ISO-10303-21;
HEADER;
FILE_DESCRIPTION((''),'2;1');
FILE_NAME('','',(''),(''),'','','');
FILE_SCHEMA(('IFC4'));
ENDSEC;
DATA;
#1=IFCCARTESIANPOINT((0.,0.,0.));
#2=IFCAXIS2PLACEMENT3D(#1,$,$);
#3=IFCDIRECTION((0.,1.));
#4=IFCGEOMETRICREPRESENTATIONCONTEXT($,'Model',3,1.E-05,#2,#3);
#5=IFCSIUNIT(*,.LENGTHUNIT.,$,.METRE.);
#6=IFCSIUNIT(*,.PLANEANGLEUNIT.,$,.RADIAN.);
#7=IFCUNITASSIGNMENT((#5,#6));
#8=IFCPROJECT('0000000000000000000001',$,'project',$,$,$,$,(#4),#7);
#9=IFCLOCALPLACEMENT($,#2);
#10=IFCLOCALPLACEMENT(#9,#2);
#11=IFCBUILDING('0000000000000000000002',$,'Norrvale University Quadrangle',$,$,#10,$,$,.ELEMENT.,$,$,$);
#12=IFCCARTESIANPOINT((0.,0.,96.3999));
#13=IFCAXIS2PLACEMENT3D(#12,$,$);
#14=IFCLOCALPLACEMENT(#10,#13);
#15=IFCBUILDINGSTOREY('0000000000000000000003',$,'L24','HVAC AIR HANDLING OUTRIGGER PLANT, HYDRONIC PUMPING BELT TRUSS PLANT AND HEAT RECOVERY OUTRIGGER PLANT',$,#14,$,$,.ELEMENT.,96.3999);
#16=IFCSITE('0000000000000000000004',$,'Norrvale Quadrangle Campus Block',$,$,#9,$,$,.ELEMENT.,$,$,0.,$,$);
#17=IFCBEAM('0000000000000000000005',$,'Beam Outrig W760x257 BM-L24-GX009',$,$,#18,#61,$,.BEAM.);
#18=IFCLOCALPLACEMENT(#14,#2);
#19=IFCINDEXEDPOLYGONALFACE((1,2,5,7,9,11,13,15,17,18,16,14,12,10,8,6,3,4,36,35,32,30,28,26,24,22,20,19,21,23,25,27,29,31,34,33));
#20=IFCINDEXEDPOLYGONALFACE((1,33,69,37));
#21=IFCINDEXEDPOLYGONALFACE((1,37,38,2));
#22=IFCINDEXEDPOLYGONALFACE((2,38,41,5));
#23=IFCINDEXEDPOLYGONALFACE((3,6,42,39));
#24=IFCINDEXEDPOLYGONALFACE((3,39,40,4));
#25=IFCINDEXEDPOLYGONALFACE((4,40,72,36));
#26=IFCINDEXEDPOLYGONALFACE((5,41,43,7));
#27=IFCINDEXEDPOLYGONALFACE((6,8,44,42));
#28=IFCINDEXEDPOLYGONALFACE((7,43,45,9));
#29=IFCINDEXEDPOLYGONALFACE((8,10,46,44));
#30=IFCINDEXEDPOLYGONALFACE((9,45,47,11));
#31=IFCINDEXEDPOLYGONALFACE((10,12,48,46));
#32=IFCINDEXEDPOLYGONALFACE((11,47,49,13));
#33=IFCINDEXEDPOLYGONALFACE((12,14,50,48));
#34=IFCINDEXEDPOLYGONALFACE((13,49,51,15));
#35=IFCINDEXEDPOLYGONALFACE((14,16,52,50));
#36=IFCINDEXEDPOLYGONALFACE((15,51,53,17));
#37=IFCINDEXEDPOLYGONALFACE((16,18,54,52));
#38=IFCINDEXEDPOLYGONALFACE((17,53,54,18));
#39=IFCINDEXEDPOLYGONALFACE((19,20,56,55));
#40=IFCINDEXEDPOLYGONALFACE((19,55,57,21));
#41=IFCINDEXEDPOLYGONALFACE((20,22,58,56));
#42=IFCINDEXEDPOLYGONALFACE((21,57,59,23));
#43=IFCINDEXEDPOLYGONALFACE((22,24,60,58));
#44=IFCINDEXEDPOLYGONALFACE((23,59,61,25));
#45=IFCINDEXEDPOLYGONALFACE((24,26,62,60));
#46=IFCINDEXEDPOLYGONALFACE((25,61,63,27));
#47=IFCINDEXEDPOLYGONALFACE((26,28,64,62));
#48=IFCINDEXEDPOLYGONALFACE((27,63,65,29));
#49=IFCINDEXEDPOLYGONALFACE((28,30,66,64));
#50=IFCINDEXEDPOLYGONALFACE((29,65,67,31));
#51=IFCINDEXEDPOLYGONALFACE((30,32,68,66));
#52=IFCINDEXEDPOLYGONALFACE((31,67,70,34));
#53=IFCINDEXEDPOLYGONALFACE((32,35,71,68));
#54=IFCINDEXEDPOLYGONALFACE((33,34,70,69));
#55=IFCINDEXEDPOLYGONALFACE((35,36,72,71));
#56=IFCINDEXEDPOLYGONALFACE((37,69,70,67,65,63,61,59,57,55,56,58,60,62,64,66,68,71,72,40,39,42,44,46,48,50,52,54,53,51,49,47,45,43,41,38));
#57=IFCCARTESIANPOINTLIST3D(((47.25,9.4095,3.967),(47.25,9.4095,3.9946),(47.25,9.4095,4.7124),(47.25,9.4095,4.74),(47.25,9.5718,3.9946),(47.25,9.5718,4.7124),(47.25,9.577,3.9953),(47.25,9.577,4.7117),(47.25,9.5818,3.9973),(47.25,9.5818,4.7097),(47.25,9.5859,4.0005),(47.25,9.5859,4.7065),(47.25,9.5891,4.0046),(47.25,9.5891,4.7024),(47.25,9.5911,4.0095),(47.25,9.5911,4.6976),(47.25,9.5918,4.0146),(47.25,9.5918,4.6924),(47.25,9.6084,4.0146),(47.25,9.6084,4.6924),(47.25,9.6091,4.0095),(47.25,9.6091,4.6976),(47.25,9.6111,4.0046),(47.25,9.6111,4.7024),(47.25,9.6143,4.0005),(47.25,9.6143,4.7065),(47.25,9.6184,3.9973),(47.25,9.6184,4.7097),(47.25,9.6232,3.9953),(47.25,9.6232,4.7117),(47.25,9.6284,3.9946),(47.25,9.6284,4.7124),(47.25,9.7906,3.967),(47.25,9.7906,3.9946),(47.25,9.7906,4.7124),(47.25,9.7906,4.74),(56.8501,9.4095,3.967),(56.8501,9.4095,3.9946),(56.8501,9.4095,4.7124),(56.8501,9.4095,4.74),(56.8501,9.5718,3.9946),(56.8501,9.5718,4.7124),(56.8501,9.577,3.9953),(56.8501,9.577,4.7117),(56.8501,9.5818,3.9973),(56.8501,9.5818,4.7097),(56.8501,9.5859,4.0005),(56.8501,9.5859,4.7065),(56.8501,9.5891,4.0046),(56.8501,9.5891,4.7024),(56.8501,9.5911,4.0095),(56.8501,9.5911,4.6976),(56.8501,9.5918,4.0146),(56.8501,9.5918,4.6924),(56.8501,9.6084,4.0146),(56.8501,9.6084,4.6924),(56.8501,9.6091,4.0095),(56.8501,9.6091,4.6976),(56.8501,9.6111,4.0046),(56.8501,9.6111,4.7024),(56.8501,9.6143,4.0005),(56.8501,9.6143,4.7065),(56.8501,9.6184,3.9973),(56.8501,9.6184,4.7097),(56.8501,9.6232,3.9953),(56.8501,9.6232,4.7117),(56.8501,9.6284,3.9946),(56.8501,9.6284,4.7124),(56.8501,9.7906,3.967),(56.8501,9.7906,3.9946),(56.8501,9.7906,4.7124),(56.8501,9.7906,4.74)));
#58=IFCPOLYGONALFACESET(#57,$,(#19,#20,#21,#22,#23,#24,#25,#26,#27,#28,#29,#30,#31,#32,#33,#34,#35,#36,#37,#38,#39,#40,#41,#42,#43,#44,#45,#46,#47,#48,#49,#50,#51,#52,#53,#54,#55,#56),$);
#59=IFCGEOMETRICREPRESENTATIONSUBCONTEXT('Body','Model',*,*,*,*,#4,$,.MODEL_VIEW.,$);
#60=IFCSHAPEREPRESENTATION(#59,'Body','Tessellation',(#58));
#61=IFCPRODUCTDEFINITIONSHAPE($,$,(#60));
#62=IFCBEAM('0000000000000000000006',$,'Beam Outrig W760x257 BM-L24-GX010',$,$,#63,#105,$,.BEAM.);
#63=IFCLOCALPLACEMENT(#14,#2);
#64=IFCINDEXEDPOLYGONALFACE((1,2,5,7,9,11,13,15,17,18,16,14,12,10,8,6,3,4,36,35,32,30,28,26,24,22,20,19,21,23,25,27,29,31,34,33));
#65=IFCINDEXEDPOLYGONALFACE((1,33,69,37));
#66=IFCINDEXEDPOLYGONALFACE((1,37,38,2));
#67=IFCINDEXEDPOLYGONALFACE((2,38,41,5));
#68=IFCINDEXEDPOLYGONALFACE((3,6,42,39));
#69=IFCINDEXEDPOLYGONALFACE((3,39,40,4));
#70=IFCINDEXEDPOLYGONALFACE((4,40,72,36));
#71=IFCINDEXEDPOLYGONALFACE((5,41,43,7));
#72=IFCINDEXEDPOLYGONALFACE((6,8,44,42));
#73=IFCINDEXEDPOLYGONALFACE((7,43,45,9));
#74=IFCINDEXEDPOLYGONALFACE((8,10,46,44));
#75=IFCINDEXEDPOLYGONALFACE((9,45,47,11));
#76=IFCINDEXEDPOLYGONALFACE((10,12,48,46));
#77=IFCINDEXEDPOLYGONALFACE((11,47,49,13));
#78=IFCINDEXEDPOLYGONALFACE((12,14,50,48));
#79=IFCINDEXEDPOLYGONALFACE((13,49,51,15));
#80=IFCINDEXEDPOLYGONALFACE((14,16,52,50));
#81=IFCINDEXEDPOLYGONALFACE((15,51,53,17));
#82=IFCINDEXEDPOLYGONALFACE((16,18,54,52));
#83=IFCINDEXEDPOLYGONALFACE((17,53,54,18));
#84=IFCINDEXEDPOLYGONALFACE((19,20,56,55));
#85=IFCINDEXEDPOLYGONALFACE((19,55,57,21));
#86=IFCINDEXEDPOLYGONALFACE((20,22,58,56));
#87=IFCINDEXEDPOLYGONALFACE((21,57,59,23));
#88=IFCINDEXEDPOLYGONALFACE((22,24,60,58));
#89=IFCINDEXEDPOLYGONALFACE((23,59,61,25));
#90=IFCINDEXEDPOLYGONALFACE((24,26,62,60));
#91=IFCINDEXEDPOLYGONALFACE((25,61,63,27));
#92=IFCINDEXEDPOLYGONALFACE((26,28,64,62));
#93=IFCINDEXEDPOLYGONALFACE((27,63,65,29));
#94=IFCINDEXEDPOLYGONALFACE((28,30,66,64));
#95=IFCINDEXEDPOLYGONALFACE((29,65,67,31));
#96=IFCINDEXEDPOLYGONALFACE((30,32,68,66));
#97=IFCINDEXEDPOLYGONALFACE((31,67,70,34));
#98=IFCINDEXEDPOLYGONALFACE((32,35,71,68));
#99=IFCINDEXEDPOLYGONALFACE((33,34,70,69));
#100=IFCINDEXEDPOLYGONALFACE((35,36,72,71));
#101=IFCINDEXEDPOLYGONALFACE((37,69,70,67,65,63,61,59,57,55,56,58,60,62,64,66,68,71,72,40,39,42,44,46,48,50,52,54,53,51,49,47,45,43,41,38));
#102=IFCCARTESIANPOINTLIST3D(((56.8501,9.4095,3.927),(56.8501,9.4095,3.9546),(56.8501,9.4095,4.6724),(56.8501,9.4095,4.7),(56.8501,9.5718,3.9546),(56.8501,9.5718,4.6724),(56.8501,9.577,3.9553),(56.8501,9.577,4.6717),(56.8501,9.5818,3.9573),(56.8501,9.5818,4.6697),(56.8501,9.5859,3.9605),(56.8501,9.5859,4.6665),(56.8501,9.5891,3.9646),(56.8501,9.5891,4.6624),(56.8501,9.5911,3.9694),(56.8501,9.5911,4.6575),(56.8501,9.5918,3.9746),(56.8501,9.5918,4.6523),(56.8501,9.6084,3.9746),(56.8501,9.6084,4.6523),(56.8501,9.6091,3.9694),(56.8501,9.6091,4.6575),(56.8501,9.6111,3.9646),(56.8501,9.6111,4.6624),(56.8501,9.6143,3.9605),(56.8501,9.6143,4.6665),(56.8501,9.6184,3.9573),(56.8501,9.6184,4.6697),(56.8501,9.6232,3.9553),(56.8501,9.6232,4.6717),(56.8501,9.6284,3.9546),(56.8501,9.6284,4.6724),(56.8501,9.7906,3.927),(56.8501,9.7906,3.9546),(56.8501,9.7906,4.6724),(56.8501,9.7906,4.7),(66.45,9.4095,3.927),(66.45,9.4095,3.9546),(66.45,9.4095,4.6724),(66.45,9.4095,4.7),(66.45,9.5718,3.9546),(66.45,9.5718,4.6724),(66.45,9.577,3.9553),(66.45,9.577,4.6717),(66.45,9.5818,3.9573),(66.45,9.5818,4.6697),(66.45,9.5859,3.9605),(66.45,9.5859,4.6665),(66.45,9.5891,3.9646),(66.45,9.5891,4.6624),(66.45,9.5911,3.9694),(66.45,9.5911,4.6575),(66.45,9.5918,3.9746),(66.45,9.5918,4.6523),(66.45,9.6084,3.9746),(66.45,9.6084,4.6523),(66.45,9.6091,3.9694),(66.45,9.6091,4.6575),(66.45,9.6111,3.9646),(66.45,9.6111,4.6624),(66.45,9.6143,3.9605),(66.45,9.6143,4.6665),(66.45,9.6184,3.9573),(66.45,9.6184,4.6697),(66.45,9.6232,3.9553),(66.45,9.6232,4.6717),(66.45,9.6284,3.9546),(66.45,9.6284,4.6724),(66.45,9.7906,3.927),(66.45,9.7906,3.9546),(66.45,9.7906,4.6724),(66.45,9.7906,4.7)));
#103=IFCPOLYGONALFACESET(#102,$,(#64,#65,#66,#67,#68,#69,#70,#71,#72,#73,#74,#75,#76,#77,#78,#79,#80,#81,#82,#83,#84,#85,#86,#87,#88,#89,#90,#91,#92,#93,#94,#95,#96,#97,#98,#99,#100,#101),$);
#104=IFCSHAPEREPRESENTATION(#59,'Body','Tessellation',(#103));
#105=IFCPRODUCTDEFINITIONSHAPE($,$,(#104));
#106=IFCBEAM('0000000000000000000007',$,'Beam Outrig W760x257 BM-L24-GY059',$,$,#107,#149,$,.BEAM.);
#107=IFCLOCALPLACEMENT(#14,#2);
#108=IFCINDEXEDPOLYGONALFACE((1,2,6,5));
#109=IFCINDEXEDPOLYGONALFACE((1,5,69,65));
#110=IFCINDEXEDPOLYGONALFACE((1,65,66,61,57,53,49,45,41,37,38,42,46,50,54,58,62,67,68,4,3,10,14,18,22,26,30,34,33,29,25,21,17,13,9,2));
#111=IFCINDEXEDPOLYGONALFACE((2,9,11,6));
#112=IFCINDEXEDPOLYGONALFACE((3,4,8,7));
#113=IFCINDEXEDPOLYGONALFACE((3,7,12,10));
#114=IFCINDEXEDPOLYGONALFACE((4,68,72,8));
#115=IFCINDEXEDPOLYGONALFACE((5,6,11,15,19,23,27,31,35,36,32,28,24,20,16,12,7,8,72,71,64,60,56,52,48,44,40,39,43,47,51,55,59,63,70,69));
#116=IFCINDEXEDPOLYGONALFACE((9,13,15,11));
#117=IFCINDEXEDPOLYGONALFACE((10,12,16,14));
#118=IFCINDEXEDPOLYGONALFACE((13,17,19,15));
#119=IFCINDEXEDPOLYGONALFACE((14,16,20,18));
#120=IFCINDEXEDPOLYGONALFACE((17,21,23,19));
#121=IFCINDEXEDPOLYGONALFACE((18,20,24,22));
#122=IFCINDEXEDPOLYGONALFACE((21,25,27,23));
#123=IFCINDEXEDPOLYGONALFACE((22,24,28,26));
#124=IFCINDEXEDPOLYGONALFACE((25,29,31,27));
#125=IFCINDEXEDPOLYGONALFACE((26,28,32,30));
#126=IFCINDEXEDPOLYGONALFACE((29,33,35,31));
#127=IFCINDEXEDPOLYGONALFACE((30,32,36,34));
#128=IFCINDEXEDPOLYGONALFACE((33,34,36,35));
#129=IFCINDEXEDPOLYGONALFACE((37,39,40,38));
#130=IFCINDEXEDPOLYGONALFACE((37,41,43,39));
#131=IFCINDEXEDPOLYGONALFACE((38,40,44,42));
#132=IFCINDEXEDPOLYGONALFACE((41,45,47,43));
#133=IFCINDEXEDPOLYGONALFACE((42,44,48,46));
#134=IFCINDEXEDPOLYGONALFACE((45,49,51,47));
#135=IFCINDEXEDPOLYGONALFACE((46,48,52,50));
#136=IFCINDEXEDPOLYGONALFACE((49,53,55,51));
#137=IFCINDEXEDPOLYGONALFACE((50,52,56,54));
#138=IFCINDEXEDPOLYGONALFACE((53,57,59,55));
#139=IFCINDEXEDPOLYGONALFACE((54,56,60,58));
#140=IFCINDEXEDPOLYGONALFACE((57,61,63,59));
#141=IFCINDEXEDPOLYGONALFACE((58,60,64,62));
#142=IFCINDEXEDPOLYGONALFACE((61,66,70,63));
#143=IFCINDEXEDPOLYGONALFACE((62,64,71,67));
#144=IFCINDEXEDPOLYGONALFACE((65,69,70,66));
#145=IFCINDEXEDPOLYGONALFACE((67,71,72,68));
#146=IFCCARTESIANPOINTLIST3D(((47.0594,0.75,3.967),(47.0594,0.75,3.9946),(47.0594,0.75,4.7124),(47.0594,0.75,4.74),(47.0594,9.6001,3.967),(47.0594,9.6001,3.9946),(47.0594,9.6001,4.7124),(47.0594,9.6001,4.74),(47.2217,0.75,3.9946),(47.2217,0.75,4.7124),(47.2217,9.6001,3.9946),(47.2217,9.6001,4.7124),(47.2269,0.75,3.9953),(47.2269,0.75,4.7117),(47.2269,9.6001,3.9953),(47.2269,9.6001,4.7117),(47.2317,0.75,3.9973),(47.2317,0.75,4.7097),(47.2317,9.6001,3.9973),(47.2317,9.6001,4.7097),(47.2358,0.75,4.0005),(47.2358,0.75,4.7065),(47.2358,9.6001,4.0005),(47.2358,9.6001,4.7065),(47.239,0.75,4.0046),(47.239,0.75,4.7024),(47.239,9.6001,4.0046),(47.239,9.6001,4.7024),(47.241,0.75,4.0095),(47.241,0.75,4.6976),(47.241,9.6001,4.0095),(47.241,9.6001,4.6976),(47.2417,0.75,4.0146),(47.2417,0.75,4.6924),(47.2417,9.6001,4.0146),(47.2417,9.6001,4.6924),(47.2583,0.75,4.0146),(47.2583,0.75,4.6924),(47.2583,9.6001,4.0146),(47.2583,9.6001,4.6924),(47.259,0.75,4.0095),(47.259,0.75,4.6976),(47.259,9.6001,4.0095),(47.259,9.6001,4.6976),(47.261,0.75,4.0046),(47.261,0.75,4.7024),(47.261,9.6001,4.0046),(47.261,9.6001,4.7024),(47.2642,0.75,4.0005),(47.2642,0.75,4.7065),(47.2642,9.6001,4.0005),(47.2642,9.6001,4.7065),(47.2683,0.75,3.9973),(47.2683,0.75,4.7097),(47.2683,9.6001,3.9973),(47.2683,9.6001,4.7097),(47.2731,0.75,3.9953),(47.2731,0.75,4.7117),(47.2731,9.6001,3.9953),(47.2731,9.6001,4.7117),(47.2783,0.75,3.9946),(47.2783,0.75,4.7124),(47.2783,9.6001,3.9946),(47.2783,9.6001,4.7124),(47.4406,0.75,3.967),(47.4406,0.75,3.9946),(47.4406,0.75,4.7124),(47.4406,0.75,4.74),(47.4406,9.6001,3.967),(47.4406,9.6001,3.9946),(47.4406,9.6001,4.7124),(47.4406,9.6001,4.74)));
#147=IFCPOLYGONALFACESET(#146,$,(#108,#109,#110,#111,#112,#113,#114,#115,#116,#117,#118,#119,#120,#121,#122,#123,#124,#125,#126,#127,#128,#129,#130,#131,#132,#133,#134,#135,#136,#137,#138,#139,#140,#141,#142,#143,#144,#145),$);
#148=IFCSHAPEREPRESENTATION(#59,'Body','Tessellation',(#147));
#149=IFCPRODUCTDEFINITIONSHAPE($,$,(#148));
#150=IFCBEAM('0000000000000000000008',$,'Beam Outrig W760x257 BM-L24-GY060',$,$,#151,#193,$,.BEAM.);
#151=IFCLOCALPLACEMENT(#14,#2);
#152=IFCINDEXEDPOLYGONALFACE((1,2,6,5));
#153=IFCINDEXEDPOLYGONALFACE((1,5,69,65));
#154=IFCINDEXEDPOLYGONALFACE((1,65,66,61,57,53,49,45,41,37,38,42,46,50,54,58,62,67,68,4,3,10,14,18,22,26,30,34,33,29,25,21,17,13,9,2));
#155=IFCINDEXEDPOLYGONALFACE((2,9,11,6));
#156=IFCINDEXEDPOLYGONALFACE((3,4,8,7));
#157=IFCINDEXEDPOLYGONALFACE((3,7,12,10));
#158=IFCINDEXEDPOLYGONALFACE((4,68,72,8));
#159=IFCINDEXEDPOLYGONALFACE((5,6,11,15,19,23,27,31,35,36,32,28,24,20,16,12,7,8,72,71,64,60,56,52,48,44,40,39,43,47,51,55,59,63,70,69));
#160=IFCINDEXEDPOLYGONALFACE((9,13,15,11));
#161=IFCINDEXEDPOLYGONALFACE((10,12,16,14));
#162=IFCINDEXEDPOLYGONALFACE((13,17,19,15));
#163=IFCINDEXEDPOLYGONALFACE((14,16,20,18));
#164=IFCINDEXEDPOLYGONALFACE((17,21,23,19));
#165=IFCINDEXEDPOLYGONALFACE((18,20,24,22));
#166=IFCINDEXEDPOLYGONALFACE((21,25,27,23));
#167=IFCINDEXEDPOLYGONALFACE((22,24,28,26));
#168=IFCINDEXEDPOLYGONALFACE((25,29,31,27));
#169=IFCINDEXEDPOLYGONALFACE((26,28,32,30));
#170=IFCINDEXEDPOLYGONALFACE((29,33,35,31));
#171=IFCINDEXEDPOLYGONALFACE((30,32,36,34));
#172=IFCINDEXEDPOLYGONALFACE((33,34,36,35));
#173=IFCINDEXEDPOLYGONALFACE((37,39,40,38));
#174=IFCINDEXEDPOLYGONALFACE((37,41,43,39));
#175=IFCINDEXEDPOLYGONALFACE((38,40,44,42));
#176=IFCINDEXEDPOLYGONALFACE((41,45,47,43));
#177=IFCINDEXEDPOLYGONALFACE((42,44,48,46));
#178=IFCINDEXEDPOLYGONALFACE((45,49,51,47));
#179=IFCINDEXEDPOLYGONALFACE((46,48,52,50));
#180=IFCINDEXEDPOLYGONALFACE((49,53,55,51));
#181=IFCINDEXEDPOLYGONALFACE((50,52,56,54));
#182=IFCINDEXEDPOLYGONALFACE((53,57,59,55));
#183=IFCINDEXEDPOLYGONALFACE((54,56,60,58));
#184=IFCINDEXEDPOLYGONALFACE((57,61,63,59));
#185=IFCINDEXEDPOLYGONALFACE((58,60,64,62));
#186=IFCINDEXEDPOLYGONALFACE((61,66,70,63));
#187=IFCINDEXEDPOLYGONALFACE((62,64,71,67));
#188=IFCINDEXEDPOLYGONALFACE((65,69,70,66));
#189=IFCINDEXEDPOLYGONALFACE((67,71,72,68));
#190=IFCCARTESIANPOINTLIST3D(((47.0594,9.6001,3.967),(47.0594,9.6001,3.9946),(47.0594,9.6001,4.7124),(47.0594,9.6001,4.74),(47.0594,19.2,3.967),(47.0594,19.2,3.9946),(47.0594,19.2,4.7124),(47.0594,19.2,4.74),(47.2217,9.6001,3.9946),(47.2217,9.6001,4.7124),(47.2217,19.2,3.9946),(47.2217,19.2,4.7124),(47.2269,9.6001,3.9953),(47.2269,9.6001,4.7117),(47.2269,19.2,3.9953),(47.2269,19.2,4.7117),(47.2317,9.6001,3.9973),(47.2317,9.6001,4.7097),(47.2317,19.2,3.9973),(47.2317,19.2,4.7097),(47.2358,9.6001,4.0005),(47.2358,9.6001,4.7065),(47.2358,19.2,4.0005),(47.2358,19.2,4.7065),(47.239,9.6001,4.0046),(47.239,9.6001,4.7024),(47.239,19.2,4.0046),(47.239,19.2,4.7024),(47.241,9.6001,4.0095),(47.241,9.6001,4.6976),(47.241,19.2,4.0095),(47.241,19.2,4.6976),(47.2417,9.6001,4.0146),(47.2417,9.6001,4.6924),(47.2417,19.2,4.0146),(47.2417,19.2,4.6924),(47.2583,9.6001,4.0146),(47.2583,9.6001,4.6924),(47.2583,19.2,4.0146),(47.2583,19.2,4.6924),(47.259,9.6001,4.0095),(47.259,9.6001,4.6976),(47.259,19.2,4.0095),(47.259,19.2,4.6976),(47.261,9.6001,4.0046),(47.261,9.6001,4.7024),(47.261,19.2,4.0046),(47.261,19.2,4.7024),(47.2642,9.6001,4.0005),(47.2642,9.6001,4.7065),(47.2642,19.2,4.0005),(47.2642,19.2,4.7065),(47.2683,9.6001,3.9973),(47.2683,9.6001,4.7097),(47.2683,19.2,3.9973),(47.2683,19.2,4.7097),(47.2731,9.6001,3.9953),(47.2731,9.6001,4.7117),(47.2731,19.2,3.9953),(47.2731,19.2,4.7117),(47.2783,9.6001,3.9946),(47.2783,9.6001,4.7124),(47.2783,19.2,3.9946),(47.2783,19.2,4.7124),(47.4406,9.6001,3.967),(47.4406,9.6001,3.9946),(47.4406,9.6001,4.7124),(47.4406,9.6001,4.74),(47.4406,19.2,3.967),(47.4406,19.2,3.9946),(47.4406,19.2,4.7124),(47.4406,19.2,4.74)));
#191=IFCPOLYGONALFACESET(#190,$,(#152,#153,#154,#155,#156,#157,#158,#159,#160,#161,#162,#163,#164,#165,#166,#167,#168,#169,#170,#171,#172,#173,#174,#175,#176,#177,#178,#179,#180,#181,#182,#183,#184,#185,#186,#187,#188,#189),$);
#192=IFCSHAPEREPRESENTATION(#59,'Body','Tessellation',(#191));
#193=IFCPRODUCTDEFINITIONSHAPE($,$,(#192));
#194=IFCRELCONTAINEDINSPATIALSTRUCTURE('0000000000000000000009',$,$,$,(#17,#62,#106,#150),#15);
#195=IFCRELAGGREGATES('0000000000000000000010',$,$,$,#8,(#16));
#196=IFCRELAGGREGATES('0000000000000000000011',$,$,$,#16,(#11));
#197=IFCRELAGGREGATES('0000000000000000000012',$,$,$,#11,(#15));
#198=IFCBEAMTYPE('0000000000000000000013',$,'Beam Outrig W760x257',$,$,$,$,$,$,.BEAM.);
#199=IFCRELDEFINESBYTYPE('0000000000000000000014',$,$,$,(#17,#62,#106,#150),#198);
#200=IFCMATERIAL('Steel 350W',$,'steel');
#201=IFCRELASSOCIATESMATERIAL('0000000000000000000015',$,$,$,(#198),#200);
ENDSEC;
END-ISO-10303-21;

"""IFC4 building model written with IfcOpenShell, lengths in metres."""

from ifc_helpers import new_model, si_unit, direction, frame, origin, origin_2d, place, context, subcontext, project, spatial, i_section, extrude, material, material_profile, profile_set, type_object, element, save


model = new_model("IFC4")

# Units and contexts
model_context = context("Model", 3, precision=1e-05, world=origin(), true_north=direction((0.0, 1.0)))
body_context = subcontext(model_context, "Body", "Model", "MODEL_VIEW")
ifc_project = project(units=[si_unit("LENGTHUNIT", "METRE"), si_unit("PLANEANGLEUNIT", "RADIAN")], contexts=[model_context])

# Site, building, storey
site_placement = place(None, origin())
site = spatial("IfcSite", under=ifc_project, at=site_placement, Name="Norrvale Quadrangle Campus Block", CompositionType="ELEMENT", RefElevation=0.0)
building_placement = place(site_placement, origin())
building = spatial("IfcBuilding", under=site, at=building_placement, Name="Norrvale University Quadrangle", CompositionType="ELEMENT")
storey_placement = place(building_placement, frame((0.0, 0.0, 96.3999)))
storey = spatial("IfcBuildingStorey", under=building, at=storey_placement, Name="L24", Description="HVAC AIR HANDLING OUTRIGGER PLANT, HYDRONIC PUMPING BELT TRUSS PLANT AND HEAT RECOVERY OUTRIGGER PLANT", CompositionType="ELEMENT", Elevation=96.3999)

# Beams
ifc_material_1 = material(Name="Steel 350W", Category="steel")
ifc_material_profile_1 = material_profile(ifc_material_1, i_section(OverallWidth=0.3811, OverallDepth=0.7729, WebThickness=0.0166, FlangeThickness=0.0276, FilletRadius=0.02, at=origin_2d()), Name="Steel 350W")
ifc_profile_set_1 = profile_set([ifc_material_profile_1], Name="Steel 350W")
beam_type_1 = type_object("IfcBeamType", Name="Beam Outrig W760x257", PredefinedType="BEAM", material=ifc_profile_set_1)
for number, where, z_axis, x_axis, name in (
    (1, (47.25, 9.6001, 4.3535), (1.0, 0.0, 0.0), (0.0, 1.0, 0.0), "Beam Outrig W760x257 BM-L24-GX009"),
):
    element("IfcBeam", number, at=place(storey_placement, frame(where, z_axis=z_axis, x_axis=x_axis)), inside=storey, type_object=beam_type_1, Name=name, PredefinedType="BEAM", context=body_context, shape_type="SweptSolid", body=[
        extrude(i_section(OverallWidth=0.3811, OverallDepth=0.7729, WebThickness=0.0166, FlangeThickness=0.0276, FilletRadius=0.02, at=origin_2d()), origin(), (0.0, 0.0, 1.0), 9.6001),
    ])
beam_1_placement = place(storey_placement, frame((56.8501, 9.6001, 4.3135), z_axis=(1.0, 0.0, 0.0), x_axis=(0.0, 1.0, 0.0)))
element("IfcBeam", 2, at=beam_1_placement, inside=storey, type_object=beam_type_1, Name="Beam Outrig W760x257 BM-L24-GX010", PredefinedType="BEAM", context=body_context, shape_type="SweptSolid", body=[
    extrude(i_section(OverallWidth=0.3811, OverallDepth=0.7729, WebThickness=0.0166, FlangeThickness=0.0276, FilletRadius=0.02, at=origin_2d()), origin(), (0.0, 0.0, 1.0), 9.5999),
])
beam_2_placement = place(storey_placement, frame((47.25, 0.75, 4.3535), z_axis=(0.0, 1.0, 0.0), x_axis=(-1.0, 0.0, 0.0)))
element("IfcBeam", 3, at=beam_2_placement, inside=storey, type_object=beam_type_1, Name="Beam Outrig W760x257 BM-L24-GY059", PredefinedType="BEAM", context=body_context, shape_type="SweptSolid", body=[
    extrude(i_section(OverallWidth=0.3811, OverallDepth=0.7729, WebThickness=0.0166, FlangeThickness=0.0276, FilletRadius=0.02, at=origin_2d()), origin(), (0.0, 0.0, 1.0), 8.8501),
])
beam_3_placement = place(storey_placement, frame((47.25, 9.6001, 4.3535), z_axis=(0.0, 1.0, 0.0), x_axis=(-1.0, 0.0, 0.0)))
element("IfcBeam", 4, at=beam_3_placement, inside=storey, type_object=beam_type_1, Name="Beam Outrig W760x257 BM-L24-GY060", PredefinedType="BEAM", context=body_context, shape_type="SweptSolid", body=[
    extrude(i_section(OverallWidth=0.3811, OverallDepth=0.7729, WebThickness=0.0166, FlangeThickness=0.0276, FilletRadius=0.02, at=origin_2d()), origin(), (0.0, 0.0, 1.0), 9.5999),
])

save(model, "model.ifc")
